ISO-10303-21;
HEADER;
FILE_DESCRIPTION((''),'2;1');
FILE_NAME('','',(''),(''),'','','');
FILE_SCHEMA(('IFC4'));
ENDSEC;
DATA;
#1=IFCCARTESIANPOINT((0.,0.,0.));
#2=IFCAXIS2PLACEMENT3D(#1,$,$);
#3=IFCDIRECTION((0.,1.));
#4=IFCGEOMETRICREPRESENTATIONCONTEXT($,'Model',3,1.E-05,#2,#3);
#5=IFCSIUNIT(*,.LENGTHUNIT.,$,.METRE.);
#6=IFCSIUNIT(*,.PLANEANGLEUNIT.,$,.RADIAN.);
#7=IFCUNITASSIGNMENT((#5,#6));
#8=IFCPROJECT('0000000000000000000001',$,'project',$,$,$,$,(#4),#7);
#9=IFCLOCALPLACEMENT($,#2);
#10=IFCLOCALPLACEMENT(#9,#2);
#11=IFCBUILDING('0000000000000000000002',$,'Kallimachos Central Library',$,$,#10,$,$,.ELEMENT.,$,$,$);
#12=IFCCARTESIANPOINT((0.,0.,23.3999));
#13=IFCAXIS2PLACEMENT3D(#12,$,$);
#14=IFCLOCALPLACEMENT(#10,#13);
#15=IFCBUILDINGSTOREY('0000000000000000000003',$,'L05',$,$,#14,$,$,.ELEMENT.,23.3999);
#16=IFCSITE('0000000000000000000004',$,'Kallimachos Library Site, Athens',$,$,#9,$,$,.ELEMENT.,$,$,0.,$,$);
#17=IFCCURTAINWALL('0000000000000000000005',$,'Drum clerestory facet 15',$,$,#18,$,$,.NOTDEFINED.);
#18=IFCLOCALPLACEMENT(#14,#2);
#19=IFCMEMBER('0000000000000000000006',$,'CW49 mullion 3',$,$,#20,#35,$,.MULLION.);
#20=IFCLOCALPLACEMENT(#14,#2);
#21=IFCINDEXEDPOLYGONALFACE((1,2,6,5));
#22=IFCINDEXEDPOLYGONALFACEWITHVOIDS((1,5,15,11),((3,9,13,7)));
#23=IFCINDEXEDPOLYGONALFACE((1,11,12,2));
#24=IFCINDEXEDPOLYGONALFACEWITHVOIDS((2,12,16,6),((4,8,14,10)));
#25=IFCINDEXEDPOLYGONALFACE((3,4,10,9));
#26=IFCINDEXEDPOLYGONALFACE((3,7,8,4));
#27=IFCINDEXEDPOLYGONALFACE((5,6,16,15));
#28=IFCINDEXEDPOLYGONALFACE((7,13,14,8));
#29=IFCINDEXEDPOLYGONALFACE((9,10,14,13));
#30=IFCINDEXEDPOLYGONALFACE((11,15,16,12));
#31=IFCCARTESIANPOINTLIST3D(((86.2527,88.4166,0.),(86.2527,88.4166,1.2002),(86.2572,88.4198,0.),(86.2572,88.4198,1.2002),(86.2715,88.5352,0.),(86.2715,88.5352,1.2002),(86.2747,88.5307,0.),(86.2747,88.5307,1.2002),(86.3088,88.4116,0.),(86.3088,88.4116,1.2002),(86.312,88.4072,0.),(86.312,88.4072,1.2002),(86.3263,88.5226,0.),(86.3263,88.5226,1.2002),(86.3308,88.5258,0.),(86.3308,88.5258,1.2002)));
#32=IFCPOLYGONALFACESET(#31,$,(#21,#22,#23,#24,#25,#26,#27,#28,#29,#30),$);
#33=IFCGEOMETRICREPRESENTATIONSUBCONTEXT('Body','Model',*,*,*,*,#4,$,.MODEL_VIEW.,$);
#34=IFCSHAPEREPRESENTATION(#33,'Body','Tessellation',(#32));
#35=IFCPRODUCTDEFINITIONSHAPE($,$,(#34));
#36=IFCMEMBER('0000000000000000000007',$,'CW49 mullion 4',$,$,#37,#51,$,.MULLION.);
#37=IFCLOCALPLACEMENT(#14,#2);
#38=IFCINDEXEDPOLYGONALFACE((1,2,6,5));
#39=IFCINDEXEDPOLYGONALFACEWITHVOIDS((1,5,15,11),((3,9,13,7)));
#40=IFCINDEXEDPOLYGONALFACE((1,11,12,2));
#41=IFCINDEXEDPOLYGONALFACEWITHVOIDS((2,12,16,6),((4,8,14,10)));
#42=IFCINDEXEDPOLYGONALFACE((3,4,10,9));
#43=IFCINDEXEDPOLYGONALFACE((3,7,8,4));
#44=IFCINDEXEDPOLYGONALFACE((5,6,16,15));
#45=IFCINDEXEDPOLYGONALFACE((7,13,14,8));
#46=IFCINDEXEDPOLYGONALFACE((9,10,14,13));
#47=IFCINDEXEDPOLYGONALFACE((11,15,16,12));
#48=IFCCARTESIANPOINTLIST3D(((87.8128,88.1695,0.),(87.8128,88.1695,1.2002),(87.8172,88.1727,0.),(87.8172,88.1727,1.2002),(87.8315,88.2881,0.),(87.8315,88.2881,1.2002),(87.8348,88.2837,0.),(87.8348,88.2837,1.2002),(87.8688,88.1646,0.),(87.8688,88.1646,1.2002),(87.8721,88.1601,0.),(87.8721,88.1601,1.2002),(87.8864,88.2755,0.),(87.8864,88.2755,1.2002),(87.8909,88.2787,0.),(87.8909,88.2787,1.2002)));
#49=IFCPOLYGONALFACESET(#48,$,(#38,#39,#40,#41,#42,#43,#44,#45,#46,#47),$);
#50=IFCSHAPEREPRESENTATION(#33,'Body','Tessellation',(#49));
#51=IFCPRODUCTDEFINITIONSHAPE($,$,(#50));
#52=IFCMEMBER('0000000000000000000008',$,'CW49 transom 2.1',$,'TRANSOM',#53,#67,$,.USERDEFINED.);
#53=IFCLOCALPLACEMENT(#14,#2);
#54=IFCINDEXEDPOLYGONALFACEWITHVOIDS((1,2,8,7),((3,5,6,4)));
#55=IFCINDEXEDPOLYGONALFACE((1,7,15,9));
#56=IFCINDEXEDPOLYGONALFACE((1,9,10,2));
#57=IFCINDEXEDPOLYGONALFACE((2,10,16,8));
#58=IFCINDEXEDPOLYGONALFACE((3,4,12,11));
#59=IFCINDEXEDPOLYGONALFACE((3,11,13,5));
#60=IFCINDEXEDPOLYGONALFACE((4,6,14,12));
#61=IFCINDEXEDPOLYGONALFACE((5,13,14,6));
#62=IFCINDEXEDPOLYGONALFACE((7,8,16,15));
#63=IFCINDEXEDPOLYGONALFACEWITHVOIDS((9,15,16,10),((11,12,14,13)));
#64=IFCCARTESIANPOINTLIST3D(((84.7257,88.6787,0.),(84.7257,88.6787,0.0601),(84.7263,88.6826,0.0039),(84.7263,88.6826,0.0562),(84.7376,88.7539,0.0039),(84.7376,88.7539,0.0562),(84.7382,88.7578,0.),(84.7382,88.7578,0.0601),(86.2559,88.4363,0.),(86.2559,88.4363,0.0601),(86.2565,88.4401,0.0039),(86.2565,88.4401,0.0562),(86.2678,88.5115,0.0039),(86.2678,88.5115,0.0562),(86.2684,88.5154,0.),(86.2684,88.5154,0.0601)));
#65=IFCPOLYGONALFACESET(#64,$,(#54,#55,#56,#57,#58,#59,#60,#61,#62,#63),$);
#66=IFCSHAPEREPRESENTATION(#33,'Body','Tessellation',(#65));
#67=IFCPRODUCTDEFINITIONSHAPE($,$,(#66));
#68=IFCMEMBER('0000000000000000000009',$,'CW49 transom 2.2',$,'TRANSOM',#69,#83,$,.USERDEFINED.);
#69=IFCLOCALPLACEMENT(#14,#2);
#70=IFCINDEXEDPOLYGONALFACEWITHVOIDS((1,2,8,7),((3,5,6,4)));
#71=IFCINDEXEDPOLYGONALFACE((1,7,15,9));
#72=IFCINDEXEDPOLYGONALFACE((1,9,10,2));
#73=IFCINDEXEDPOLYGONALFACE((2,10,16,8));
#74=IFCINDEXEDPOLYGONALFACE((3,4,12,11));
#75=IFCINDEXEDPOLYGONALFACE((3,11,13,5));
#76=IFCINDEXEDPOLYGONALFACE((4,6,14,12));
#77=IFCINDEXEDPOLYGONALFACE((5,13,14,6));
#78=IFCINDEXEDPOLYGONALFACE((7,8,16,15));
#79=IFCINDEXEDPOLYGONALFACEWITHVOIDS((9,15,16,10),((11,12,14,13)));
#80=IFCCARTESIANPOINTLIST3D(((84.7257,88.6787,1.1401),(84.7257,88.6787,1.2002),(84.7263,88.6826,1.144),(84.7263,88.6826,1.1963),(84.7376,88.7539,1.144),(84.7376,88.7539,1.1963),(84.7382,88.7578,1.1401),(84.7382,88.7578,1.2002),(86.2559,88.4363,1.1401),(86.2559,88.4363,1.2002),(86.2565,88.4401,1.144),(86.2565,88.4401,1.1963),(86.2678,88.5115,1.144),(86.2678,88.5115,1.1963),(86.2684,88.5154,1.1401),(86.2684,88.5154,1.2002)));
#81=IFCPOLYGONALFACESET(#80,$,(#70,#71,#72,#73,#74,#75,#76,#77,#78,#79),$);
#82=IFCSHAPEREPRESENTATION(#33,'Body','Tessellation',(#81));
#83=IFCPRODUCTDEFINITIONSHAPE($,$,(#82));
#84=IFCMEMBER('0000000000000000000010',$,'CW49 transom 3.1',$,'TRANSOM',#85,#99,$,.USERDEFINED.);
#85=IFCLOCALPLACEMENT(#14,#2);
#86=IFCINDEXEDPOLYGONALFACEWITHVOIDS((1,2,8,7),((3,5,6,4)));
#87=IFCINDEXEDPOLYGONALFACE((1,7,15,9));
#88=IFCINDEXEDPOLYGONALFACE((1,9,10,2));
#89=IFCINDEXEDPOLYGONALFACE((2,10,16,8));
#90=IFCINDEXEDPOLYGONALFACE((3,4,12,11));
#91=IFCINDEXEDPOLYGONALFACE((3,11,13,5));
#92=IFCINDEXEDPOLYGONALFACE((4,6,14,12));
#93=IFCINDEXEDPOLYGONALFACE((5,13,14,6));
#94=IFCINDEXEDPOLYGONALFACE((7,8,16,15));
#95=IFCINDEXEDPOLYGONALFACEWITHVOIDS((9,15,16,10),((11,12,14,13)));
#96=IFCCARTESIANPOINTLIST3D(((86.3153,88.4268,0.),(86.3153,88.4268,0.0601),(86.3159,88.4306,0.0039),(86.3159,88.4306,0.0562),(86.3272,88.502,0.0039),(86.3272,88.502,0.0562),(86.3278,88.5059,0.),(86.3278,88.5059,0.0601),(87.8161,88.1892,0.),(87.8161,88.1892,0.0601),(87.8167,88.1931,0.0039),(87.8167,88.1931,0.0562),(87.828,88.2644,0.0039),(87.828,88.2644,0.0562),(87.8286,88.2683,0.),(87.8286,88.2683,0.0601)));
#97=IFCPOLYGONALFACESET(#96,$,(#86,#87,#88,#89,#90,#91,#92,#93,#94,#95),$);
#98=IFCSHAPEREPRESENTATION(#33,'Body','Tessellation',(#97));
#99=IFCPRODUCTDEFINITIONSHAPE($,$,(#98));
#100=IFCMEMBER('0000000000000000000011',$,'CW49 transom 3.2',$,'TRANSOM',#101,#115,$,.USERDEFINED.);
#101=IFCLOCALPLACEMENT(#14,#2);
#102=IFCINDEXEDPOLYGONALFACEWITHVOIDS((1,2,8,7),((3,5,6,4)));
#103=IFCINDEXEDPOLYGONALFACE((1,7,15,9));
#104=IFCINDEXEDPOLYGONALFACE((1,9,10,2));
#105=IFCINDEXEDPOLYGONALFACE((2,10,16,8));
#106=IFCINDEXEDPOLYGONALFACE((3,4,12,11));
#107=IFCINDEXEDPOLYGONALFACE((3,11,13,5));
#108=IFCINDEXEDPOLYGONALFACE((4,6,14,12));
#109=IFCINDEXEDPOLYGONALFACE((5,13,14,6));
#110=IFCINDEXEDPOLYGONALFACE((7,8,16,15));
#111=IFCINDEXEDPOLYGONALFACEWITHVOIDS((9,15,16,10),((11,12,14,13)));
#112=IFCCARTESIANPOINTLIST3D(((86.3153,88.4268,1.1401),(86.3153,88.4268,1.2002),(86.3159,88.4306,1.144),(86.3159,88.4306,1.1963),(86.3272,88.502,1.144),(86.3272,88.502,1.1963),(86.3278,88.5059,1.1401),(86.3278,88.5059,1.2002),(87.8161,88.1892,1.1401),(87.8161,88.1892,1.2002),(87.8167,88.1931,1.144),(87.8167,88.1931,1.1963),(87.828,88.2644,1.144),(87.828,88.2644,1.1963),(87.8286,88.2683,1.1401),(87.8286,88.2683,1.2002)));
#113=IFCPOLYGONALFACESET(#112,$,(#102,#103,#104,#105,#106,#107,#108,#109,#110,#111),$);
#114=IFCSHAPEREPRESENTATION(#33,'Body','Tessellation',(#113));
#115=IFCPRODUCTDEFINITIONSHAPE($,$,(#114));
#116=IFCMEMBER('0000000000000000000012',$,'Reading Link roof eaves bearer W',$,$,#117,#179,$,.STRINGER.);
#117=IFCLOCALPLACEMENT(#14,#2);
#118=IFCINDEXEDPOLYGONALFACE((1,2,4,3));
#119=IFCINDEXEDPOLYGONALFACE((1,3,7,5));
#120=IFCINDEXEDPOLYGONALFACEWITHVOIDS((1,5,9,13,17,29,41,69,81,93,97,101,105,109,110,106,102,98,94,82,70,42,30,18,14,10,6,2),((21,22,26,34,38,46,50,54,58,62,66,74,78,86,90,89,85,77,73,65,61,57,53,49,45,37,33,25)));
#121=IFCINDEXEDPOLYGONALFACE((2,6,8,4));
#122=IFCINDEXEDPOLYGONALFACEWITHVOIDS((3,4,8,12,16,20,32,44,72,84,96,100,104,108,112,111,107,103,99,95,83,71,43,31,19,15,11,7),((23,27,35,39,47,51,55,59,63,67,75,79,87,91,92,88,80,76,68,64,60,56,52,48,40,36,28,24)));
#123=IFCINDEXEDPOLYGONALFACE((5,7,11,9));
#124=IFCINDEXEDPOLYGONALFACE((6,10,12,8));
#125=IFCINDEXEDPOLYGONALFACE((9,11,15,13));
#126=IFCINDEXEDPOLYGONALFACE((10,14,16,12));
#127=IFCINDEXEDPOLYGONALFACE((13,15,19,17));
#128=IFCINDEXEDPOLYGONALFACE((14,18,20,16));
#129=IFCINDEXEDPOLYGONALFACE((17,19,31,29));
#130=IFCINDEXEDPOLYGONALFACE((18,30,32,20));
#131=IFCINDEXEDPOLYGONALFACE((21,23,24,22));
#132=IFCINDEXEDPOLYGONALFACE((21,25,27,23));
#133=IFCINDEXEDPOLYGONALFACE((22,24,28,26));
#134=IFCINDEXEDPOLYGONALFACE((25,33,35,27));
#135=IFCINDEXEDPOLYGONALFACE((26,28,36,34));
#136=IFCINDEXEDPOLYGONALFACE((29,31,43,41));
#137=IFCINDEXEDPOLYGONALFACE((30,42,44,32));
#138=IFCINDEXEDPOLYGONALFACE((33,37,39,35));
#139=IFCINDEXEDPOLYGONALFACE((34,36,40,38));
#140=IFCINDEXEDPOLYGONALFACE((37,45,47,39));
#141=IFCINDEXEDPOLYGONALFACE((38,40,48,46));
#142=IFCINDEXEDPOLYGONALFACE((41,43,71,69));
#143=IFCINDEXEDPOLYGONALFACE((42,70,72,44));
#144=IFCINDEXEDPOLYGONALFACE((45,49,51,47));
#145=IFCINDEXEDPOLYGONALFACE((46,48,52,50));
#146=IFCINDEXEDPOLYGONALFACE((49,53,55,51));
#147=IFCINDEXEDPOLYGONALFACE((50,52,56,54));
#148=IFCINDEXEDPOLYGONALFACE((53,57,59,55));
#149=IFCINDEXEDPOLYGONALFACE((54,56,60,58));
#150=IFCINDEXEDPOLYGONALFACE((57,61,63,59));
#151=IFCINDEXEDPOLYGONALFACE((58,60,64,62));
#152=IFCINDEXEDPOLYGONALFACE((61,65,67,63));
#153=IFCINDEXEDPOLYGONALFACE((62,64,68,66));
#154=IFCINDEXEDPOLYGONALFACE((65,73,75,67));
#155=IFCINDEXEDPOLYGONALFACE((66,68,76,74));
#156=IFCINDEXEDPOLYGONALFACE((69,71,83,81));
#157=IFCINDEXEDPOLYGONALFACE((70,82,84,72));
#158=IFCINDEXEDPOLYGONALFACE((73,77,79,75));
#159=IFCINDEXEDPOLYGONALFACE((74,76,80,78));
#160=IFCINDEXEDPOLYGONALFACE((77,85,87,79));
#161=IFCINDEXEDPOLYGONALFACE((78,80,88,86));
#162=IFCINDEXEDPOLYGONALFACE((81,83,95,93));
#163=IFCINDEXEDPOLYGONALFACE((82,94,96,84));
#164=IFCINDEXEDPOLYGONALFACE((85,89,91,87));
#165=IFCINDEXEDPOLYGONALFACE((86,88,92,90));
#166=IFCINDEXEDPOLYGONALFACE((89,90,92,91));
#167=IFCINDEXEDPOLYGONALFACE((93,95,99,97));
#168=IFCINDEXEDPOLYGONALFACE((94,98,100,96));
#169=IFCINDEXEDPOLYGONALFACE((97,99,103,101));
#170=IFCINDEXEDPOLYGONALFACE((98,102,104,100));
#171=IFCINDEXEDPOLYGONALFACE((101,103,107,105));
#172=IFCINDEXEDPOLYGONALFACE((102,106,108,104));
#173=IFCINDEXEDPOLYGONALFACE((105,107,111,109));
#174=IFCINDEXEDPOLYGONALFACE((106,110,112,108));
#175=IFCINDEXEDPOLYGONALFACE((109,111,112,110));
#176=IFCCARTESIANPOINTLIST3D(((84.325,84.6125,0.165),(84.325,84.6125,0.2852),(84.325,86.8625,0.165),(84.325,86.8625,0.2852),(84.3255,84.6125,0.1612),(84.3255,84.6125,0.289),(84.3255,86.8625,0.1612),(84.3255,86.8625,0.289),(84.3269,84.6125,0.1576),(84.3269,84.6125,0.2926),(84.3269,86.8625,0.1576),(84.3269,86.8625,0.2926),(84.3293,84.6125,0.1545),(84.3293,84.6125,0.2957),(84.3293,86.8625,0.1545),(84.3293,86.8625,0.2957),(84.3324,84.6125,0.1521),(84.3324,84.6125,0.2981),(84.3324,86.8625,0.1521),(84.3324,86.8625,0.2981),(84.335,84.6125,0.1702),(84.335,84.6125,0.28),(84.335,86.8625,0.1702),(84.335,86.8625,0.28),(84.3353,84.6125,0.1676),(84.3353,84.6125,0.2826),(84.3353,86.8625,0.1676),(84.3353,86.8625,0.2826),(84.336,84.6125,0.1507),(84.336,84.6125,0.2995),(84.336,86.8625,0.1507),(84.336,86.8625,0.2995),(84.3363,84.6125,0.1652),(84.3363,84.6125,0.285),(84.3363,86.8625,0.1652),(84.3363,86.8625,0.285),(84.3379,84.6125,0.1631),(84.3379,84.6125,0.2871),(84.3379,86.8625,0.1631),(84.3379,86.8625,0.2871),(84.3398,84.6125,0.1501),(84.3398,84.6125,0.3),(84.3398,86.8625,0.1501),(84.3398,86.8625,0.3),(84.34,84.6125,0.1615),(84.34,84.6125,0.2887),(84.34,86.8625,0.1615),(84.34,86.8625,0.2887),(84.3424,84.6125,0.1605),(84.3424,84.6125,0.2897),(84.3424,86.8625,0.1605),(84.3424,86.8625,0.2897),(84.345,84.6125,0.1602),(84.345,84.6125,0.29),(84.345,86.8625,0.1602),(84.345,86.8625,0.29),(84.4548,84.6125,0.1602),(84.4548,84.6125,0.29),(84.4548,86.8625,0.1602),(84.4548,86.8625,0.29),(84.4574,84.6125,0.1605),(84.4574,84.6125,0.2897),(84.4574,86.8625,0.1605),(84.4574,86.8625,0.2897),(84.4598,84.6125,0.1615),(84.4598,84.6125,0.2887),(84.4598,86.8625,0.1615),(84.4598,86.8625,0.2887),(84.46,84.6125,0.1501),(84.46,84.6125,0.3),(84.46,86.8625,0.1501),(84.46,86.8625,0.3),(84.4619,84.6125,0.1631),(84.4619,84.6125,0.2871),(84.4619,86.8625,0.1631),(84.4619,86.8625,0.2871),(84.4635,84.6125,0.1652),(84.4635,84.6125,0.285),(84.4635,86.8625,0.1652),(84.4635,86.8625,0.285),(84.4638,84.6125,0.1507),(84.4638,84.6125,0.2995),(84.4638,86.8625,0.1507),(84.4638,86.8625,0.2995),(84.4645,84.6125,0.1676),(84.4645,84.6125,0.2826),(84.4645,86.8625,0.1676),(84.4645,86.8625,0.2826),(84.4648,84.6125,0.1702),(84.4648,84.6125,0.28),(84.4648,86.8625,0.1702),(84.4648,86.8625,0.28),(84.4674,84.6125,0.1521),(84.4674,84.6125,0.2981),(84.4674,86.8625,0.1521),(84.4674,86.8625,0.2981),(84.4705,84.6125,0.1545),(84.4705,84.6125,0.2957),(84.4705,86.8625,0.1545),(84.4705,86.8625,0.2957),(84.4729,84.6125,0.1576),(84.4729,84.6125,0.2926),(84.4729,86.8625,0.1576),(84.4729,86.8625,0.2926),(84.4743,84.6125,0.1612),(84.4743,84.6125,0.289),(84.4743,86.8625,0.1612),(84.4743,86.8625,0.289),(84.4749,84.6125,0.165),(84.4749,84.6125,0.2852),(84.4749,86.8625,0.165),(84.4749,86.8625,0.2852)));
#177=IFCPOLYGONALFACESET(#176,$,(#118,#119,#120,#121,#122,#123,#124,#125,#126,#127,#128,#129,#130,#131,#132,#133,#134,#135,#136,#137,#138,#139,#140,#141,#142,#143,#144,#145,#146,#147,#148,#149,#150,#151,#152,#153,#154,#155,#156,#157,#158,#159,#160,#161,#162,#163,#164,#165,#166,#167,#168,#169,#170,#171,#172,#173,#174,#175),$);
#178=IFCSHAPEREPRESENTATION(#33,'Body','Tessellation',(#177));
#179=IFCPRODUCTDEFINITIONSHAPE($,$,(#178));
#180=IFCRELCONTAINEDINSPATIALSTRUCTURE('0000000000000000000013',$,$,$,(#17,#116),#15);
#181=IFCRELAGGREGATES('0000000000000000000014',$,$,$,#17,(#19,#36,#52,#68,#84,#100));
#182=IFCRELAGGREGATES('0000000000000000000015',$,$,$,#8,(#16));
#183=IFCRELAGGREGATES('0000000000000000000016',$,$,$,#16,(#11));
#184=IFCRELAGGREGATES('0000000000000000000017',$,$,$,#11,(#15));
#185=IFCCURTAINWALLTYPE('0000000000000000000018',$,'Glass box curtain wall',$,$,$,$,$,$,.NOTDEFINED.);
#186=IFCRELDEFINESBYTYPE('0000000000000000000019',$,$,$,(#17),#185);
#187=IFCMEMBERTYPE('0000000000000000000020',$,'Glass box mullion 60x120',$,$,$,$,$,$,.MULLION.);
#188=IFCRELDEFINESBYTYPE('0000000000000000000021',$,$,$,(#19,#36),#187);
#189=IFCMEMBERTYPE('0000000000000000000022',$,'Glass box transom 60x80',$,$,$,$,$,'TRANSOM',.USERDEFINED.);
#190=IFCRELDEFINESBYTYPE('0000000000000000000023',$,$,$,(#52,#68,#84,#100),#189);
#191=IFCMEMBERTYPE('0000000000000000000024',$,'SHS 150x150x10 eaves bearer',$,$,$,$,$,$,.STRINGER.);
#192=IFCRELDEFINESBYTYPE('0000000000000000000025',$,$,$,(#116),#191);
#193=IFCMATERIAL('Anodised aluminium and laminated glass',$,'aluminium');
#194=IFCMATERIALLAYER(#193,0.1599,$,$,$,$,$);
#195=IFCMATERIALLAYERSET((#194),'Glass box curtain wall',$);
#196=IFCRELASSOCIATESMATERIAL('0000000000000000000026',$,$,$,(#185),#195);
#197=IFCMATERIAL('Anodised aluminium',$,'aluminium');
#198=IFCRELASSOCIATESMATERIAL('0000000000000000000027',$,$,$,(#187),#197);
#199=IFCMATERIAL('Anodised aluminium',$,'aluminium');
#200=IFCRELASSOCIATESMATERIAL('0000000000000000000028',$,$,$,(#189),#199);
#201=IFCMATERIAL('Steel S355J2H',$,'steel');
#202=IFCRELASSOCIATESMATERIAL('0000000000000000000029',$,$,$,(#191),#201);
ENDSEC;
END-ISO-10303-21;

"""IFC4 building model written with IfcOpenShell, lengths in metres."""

from ifc_helpers import new_model, si_unit, direction, frame, origin, origin_2d, place, context, subcontext, project, spatial, hollow_rectangle, extrude, material, layer, layer_set, material_profile, profile_set, type_object, element, aggregate, save


model = new_model("IFC4")

# Units and contexts
model_context = context("Model", 3, precision=1e-05, world=origin(), true_north=direction((0.0, 1.0)))
body_context = subcontext(model_context, "Body", "Model", "MODEL_VIEW")
ifc_project = project(units=[si_unit("LENGTHUNIT", "METRE"), si_unit("PLANEANGLEUNIT", "RADIAN")], contexts=[model_context])

# Site, building, storey
site_placement = place(None, origin())
site = spatial("IfcSite", under=ifc_project, at=site_placement, Name="Kallimachos Library Site, Athens", CompositionType="ELEMENT", RefElevation=0.0)
building_placement = place(site_placement, origin())
building = spatial("IfcBuilding", under=site, at=building_placement, Name="Kallimachos Central Library", CompositionType="ELEMENT")
storey_placement = place(building_placement, frame((0.0, 0.0, 23.3999)))
storey = spatial("IfcBuildingStorey", under=building, at=storey_placement, Name="L05", CompositionType="ELEMENT", Elevation=23.3999)

# Curtain wall, members
ifc_material_1 = material(Name="Anodised aluminium and laminated glass", Category="aluminium")
ifc_layer_1 = layer(ifc_material_1, 0.1599)
ifc_layer_set_1 = layer_set([ifc_layer_1], Name="Glass box curtain wall")
curtain_wall_type = type_object("IfcCurtainWallType", Name="Glass box curtain wall", PredefinedType="NOTDEFINED", material=ifc_layer_set_1)
curtain_wall_placement = place(storey_placement, origin())
curtain_wall = element("IfcCurtainWall", 1, at=curtain_wall_placement, inside=storey, type_object=curtain_wall_type, Name="Drum clerestory facet 15", PredefinedType="NOTDEFINED")
ifc_material_2 = material(Name="Anodised aluminium", Category="aluminium")
ifc_material_profile_1 = material_profile(ifc_material_2, hollow_rectangle(XDim=0.0601, YDim=0.1201, WallThickness=0.0039, at=origin_2d()), Name="ALU MULLION 60x120")
ifc_profile_set_1 = profile_set([ifc_material_profile_1], Name="Anodised aluminium")
member_type_1 = type_object("IfcMemberType", Name="Glass box mullion 60x120", PredefinedType="MULLION", material=ifc_profile_set_1)
member_1_placement = place(storey_placement, frame((86.2917, 88.4712, 0.0), z_axis=(0.0, 0.0, 1.0), x_axis=(0.987688, -0.156435, 0.0)))
member_1 = element("IfcMember", 2, at=member_1_placement, type_object=member_type_1, Name="CW49 mullion 3", PredefinedType="MULLION", context=body_context, shape_type="SweptSolid", body=[
    extrude(hollow_rectangle(XDim=0.0601, YDim=0.1201, WallThickness=0.0039, at=origin_2d()), origin(), (0.0, 0.0, 1.0), 1.2002),
])
member_2_placement = place(storey_placement, frame((87.8518, 88.2241, 0.0), z_axis=(0.0, 0.0, 1.0), x_axis=(0.987688, -0.156435, 0.0)))
member_2 = element("IfcMember", 3, at=member_2_placement, type_object=member_type_1, Name="CW49 mullion 4", PredefinedType="MULLION", context=body_context, shape_type="SweptSolid", body=[
    extrude(hollow_rectangle(XDim=0.0601, YDim=0.1201, WallThickness=0.0039, at=origin_2d()), origin(), (0.0, 0.0, 1.0), 1.2002),
])
ifc_material_3 = material(Name="Anodised aluminium", Category="aluminium")
ifc_material_profile_2 = material_profile(ifc_material_3, hollow_rectangle(XDim=0.0601, YDim=0.0801, WallThickness=0.0039, at=origin_2d()), Name="ALU TRANSOM 60x80")
ifc_profile_set_2 = profile_set([ifc_material_profile_2], Name="Anodised aluminium")
member_type_2 = type_object("IfcMemberType", Name="Glass box transom 60x80", ElementType="TRANSOM", PredefinedType="USERDEFINED", material=ifc_profile_set_2)
member_3_placement = place(storey_placement, frame((84.7319, 88.7183, 0.03), z_axis=(0.987682, -0.156472, 0.0), x_axis=(0.0, 0.0, 1.0)))
member_3 = element("IfcMember", 4, at=member_3_placement, type_object=member_type_2, Name="CW49 transom 2.1", ObjectType="TRANSOM", PredefinedType="USERDEFINED", context=body_context, shape_type="SweptSolid", body=[
    extrude(hollow_rectangle(XDim=0.0601, YDim=0.0801, WallThickness=0.0039, at=origin_2d()), origin(), (0.0, 0.0, 1.0), 1.5493),
])
member_4_placement = place(storey_placement, frame((84.7319, 88.7183, 1.1702), z_axis=(0.987682, -0.156472, 0.0), x_axis=(0.0, 0.0, 1.0)))
member_4 = element("IfcMember", 5, at=member_4_placement, type_object=member_type_2, Name="CW49 transom 2.2", ObjectType="TRANSOM", PredefinedType="USERDEFINED", context=body_context, shape_type="SweptSolid", body=[
    extrude(hollow_rectangle(XDim=0.0601, YDim=0.0801, WallThickness=0.0039, at=origin_2d()), origin(), (0.0, 0.0, 1.0), 1.5493),
])
member_5_placement = place(storey_placement, frame((86.3215, 88.4663, 0.03), z_axis=(0.987703, -0.156342, 0.0), x_axis=(0.0, 0.0, 1.0)))
member_5 = element("IfcMember", 6, at=member_5_placement, type_object=member_type_2, Name="CW49 transom 3.1", ObjectType="TRANSOM", PredefinedType="USERDEFINED", context=body_context, shape_type="SweptSolid", body=[
    extrude(hollow_rectangle(XDim=0.0601, YDim=0.0801, WallThickness=0.0039, at=origin_2d()), origin(), (0.0, 0.0, 1.0), 1.5195),
])
member_6_placement = place(storey_placement, frame((86.3215, 88.4663, 1.1702), z_axis=(0.987703, -0.156342, 0.0), x_axis=(0.0, 0.0, 1.0)))
member_6 = element("IfcMember", 7, at=member_6_placement, type_object=member_type_2, Name="CW49 transom 3.2", ObjectType="TRANSOM", PredefinedType="USERDEFINED", context=body_context, shape_type="SweptSolid", body=[
    extrude(hollow_rectangle(XDim=0.0601, YDim=0.0801, WallThickness=0.0039, at=origin_2d()), origin(), (0.0, 0.0, 1.0), 1.5195),
])

# Member
ifc_material_4 = material(Name="Steel S355J2H", Category="steel")
ifc_material_profile_3 = material_profile(ifc_material_4, hollow_rectangle(XDim=0.1499, YDim=0.1499, WallThickness=0.01, InnerFilletRadius=0.01, OuterFilletRadius=0.0149, at=origin_2d()), Name="SHS 150x150x10")
ifc_profile_set_3 = profile_set([ifc_material_profile_3], Name="Steel S355J2H")
member_type_3 = type_object("IfcMemberType", Name="SHS 150x150x10 eaves bearer", PredefinedType="STRINGER", material=ifc_profile_set_3)
member_7_placement = place(storey_placement, frame((84.3999, 84.6125, 0.2251), z_axis=(0.0, 1.0, 0.0), x_axis=(-1.0, 0.0, 0.0)))
element("IfcMember", 8, at=member_7_placement, inside=storey, type_object=member_type_3, Name="Reading Link roof eaves bearer W", PredefinedType="STRINGER", context=body_context, shape_type="SweptSolid", body=[
    extrude(hollow_rectangle(XDim=0.1499, YDim=0.1499, WallThickness=0.01, InnerFilletRadius=0.01, OuterFilletRadius=0.0149, at=origin_2d()), origin(), (0.0, 0.0, 1.0), 2.25),
])

aggregate(curtain_wall, [member_1, member_2, member_3, member_4, member_5, member_6])

save(model, "model.ifc")
